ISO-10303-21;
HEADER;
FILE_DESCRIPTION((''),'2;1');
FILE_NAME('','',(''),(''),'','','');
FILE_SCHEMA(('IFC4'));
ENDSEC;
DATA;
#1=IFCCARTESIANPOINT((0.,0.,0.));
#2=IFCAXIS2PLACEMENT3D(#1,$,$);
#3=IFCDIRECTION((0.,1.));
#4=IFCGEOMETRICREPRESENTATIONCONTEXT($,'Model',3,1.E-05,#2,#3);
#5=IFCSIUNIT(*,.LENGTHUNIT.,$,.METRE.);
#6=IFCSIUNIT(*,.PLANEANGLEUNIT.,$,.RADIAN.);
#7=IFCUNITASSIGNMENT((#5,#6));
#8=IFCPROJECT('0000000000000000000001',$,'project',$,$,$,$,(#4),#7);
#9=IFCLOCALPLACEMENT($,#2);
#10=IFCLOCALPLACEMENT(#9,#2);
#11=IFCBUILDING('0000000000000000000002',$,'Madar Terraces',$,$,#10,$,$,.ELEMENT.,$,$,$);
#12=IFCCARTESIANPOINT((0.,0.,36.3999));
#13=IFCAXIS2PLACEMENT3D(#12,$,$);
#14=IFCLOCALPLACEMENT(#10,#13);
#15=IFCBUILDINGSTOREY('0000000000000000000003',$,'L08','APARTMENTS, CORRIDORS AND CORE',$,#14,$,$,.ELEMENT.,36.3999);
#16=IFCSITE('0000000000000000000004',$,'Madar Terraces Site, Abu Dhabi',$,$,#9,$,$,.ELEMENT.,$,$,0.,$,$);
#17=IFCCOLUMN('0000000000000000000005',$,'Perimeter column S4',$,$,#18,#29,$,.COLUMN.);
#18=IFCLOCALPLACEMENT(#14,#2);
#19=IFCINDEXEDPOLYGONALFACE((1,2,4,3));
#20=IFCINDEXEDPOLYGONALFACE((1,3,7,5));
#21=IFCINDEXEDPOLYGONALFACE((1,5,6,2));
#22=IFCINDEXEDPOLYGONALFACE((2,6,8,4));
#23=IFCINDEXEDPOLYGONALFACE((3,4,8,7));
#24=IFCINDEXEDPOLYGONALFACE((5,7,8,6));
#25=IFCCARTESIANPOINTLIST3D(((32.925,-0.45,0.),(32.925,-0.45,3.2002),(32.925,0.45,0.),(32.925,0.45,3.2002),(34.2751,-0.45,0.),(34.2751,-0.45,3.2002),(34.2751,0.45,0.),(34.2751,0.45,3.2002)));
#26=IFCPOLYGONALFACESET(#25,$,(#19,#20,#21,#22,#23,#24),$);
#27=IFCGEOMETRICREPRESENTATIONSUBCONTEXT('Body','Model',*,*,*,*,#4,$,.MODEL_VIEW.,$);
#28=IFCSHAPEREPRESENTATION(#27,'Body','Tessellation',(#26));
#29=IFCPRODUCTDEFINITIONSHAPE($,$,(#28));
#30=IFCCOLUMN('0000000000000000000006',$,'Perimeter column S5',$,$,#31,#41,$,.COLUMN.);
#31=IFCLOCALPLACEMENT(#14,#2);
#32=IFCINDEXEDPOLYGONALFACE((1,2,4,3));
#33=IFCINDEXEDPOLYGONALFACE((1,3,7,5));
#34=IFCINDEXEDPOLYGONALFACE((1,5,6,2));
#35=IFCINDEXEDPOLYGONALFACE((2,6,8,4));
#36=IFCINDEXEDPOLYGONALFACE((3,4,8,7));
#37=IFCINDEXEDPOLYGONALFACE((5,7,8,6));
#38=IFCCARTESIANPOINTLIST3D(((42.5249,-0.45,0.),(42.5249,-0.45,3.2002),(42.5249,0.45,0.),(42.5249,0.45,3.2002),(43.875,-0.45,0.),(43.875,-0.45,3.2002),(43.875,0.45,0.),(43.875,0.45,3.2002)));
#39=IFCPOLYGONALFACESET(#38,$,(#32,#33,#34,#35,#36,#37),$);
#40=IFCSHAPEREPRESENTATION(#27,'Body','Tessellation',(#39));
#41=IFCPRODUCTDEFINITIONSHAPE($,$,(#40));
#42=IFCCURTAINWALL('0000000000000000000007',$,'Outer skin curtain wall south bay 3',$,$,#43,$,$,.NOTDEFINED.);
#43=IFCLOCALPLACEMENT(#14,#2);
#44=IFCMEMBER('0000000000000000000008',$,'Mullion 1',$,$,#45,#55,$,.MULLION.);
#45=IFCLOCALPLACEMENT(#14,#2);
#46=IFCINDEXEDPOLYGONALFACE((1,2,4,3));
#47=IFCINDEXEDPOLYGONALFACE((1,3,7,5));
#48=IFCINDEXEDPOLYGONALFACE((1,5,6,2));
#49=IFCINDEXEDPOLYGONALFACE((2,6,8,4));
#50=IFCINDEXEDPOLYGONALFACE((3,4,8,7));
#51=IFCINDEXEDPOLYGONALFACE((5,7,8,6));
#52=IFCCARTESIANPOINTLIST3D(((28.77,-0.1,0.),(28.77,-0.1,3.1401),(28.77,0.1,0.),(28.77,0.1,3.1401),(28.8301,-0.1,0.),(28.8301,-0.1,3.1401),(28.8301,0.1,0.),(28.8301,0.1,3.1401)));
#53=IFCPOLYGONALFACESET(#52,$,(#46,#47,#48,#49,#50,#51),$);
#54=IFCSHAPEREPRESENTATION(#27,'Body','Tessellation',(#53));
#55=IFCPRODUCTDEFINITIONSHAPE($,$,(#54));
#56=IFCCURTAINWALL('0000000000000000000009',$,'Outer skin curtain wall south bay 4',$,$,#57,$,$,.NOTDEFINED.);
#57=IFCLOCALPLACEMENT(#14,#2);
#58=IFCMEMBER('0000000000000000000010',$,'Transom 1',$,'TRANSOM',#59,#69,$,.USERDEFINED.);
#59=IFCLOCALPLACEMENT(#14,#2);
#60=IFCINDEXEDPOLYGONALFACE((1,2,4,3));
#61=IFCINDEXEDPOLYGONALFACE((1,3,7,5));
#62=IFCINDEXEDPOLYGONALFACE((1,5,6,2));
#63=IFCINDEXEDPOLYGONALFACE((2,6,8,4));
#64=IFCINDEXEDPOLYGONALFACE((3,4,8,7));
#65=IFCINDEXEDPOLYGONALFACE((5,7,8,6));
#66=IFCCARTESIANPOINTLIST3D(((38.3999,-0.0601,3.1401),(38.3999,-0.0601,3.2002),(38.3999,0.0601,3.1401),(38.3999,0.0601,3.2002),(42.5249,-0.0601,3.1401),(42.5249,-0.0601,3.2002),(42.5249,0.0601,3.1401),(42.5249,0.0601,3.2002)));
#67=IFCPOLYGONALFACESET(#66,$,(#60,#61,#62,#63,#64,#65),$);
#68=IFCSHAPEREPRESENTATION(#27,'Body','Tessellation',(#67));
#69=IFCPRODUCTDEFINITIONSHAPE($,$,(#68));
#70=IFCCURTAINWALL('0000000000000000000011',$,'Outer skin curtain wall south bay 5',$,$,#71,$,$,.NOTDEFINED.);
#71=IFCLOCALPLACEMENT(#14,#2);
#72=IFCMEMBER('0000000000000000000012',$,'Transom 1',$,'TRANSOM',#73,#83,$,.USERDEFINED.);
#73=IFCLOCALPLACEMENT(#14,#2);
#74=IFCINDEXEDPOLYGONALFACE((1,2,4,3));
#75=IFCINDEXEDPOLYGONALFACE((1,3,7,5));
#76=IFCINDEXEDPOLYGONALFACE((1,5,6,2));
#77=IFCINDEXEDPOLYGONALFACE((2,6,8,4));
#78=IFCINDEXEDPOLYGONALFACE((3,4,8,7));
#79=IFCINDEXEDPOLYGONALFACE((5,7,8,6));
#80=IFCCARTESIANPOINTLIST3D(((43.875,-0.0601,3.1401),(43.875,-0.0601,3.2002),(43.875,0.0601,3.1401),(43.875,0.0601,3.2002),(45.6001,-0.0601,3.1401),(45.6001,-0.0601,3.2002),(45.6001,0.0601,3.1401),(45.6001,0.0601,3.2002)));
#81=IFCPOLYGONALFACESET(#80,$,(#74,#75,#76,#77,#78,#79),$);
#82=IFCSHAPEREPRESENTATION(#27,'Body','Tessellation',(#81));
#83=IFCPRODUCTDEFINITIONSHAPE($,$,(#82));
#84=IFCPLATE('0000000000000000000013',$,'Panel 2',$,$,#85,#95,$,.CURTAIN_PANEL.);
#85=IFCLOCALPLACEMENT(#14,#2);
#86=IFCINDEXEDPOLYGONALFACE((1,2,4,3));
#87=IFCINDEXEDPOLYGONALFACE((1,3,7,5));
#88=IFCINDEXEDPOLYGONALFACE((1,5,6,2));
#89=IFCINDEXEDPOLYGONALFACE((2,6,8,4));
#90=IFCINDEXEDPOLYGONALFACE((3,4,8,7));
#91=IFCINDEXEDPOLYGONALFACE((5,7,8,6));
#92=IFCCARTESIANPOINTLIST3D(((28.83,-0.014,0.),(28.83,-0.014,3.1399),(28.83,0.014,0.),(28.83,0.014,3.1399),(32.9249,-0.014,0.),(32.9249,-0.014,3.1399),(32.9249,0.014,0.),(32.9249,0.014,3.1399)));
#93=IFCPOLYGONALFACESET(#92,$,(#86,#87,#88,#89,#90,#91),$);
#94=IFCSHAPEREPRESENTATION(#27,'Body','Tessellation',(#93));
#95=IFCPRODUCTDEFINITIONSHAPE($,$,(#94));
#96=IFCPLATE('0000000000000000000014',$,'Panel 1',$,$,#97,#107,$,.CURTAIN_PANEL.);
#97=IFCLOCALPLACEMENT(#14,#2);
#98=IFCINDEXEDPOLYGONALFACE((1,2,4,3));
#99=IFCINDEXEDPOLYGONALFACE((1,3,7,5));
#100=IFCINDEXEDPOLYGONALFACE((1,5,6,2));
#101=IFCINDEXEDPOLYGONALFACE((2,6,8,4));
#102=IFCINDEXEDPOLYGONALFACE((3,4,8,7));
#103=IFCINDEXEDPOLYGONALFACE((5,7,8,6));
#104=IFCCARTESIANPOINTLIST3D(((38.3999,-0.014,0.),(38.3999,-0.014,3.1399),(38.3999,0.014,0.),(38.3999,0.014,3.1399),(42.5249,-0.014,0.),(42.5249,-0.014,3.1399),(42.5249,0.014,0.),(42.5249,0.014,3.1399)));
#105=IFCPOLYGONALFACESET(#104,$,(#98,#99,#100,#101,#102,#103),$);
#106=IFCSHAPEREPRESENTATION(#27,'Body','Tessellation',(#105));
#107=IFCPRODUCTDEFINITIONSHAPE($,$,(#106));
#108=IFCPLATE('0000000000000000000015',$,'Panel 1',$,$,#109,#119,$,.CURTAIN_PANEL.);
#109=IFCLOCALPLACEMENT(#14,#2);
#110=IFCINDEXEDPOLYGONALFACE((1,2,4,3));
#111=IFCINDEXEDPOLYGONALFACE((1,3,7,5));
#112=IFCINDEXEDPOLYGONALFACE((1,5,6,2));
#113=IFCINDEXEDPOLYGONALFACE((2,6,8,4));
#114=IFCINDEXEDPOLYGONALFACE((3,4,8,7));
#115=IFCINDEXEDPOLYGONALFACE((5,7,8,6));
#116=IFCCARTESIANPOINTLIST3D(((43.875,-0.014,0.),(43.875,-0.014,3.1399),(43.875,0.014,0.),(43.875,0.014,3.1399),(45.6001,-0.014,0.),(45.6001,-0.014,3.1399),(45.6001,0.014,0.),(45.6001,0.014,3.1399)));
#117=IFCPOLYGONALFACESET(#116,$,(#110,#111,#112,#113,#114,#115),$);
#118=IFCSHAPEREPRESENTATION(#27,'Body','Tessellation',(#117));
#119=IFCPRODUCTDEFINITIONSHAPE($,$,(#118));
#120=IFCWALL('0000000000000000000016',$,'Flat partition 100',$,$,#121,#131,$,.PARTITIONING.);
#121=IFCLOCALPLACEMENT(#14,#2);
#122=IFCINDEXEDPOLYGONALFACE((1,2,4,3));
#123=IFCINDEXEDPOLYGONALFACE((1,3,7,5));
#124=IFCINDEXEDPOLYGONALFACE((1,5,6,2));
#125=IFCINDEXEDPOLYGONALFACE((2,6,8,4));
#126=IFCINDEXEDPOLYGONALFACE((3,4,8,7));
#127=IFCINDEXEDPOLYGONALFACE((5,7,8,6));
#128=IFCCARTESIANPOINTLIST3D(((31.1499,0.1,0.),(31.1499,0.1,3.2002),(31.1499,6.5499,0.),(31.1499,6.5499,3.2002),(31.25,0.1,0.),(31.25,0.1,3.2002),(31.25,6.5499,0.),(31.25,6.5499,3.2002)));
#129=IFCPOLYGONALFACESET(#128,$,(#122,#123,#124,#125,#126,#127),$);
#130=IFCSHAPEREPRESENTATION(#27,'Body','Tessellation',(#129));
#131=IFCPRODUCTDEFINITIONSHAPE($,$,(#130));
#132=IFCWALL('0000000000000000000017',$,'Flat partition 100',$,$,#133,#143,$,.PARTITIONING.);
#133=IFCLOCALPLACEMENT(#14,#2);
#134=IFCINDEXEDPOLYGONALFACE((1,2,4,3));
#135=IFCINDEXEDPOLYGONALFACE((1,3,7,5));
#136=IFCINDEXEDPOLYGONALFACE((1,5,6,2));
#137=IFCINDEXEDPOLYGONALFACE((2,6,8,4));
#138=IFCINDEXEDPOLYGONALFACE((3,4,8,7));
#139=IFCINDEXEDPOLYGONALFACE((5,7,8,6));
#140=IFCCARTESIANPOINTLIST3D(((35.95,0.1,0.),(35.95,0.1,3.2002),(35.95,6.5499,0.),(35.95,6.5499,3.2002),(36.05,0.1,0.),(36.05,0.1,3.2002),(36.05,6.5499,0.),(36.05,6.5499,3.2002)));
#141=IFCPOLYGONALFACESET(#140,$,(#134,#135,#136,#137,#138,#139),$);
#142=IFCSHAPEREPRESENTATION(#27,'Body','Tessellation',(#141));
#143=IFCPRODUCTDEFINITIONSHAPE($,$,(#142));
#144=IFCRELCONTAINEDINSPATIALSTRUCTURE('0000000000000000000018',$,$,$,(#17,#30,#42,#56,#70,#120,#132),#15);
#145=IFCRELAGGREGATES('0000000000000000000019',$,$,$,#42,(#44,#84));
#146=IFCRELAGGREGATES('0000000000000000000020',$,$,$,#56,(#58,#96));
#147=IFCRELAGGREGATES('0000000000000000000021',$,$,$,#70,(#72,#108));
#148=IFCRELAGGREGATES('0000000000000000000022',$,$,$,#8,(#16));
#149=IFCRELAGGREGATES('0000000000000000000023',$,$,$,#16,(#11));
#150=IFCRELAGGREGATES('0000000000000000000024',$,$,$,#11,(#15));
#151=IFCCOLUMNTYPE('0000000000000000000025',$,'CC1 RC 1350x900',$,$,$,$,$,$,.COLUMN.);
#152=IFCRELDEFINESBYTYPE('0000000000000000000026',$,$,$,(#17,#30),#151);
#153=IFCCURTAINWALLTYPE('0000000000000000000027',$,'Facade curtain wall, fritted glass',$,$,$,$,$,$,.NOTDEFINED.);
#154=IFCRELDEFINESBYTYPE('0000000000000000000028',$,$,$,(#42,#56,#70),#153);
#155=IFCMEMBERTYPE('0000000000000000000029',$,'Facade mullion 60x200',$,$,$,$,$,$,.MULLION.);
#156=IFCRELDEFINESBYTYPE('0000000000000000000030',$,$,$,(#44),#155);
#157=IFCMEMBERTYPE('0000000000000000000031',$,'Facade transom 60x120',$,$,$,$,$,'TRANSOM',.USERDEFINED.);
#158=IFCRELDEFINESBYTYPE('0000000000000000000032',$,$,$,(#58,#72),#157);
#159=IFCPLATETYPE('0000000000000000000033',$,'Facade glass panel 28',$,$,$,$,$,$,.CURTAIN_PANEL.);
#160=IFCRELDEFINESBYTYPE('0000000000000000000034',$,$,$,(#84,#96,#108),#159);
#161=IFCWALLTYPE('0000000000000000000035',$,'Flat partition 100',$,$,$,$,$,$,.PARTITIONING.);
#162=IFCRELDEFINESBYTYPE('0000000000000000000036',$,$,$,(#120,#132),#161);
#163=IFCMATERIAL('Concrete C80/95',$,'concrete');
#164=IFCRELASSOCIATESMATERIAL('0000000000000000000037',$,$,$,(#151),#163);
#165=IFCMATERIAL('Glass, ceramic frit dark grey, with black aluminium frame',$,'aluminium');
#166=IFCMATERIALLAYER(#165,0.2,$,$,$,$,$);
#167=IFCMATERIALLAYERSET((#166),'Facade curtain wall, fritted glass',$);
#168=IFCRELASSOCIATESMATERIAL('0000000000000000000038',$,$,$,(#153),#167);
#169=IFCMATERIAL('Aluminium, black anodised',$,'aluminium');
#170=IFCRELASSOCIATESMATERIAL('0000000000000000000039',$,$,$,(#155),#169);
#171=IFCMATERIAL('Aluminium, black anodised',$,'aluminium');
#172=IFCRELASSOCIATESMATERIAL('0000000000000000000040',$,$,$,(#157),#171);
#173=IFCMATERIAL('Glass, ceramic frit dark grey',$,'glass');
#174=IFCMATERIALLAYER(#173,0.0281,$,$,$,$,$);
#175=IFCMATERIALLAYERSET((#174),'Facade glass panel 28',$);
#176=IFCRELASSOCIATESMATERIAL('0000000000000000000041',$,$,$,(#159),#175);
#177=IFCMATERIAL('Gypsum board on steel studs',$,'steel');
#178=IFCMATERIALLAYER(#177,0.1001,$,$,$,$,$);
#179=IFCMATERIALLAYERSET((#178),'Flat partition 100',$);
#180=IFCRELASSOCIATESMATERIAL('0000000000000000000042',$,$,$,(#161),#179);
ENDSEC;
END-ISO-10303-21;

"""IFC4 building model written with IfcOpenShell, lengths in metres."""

from ifc_helpers import new_model, si_unit, direction, frame, frame_2d, origin, origin_2d, place, context, subcontext, project, spatial, rectangle, extrude, material, layer, layer_set, material_profile, profile_set, type_object, element, aggregate, save


model = new_model("IFC4")

# Units and contexts
model_context = context("Model", 3, precision=1e-05, world=origin(), true_north=direction((0.0, 1.0)))
body_context = subcontext(model_context, "Body", "Model", "MODEL_VIEW")
ifc_project = project(units=[si_unit("LENGTHUNIT", "METRE"), si_unit("PLANEANGLEUNIT", "RADIAN")], contexts=[model_context])

# Site, building, storey
site_placement = place(None, origin())
site = spatial("IfcSite", under=ifc_project, at=site_placement, Name="Madar Terraces Site, Abu Dhabi", CompositionType="ELEMENT", RefElevation=0.0)
building_placement = place(site_placement, origin())
building = spatial("IfcBuilding", under=site, at=building_placement, Name="Madar Terraces", CompositionType="ELEMENT")
storey_placement = place(building_placement, frame((0.0, 0.0, 36.3999)))
storey = spatial("IfcBuildingStorey", under=building, at=storey_placement, Name="L08", Description="APARTMENTS, CORRIDORS AND CORE", CompositionType="ELEMENT", Elevation=36.3999)

# Columns
ifc_material_1 = material(Name="Concrete C80/95", Category="concrete")
ifc_material_profile_1 = material_profile(ifc_material_1, rectangle(XDim=1.3501, YDim=0.8999, at=origin_2d()), Name="CC1 RC 1350x900")
ifc_profile_set_1 = profile_set([ifc_material_profile_1], Name="Concrete C80/95")
column_type = type_object("IfcColumnType", Name="CC1 RC 1350x900", PredefinedType="COLUMN", material=ifc_profile_set_1)
for number, where, z_axis, x_axis, name in (
    (1, (33.6001, 0.0, 0.0), (0.0, 0.0, 1.0), (1.0, 0.0, 0.0), "Perimeter column S4"),
    (2, (43.2, 0.0, 0.0), (0.0, 0.0, 1.0), (1.0, 0.0, 0.0), "Perimeter column S5"),
):
    element("IfcColumn", number, at=place(storey_placement, frame(where, z_axis=z_axis, x_axis=x_axis)), inside=storey, type_object=column_type, Name=name, PredefinedType="COLUMN", context=body_context, shape_type="SweptSolid", body=[
        extrude(rectangle(XDim=1.3501, YDim=0.8999, at=origin_2d()), origin(), (0.0, 0.0, 1.0), 3.2002),
    ])

# Curtain walls, members
ifc_material_2 = material(Name="Glass, ceramic frit dark grey, with black aluminium frame", Category="aluminium")
ifc_layer_1 = layer(ifc_material_2, 0.2)
ifc_layer_set_1 = layer_set([ifc_layer_1], Name="Facade curtain wall, fritted glass")
curtain_wall_type = type_object("IfcCurtainWallType", Name="Facade curtain wall, fritted glass", PredefinedType="NOTDEFINED", material=ifc_layer_set_1)
curtain_wall_1_placement = place(storey_placement, origin())
curtain_wall_1 = element("IfcCurtainWall", 3, at=curtain_wall_1_placement, inside=storey, type_object=curtain_wall_type, Name="Outer skin curtain wall south bay 3", PredefinedType="NOTDEFINED")
ifc_material_3 = material(Name="Aluminium, black anodised", Category="aluminium")
ifc_material_profile_2 = material_profile(ifc_material_3, rectangle(XDim=0.2, YDim=0.0601, at=origin_2d()), Name="Facade mullion 60x200")
ifc_profile_set_2 = profile_set([ifc_material_profile_2], Name="Aluminium, black anodised")
member_type_1 = type_object("IfcMemberType", Name="Facade mullion 60x200", PredefinedType="MULLION", material=ifc_profile_set_2)
member_1_placement = place(storey_placement, frame((28.8, 0.0, 0.0), z_axis=(0.0, 0.0, 1.0), x_axis=(0.0, 1.0, 0.0)))
member_1 = element("IfcMember", 4, at=member_1_placement, type_object=member_type_1, Name="Mullion 1", PredefinedType="MULLION", context=body_context, shape_type="SweptSolid", body=[
    extrude(rectangle(XDim=0.2, YDim=0.0601, at=origin_2d()), origin(), (0.0, 0.0, 1.0), 3.1401),
])
curtain_wall_2_placement = place(storey_placement, origin())
curtain_wall_2 = element("IfcCurtainWall", 5, at=curtain_wall_2_placement, inside=storey, type_object=curtain_wall_type, Name="Outer skin curtain wall south bay 4", PredefinedType="NOTDEFINED")
ifc_material_4 = material(Name="Aluminium, black anodised", Category="aluminium")
ifc_material_profile_3 = material_profile(ifc_material_4, rectangle(XDim=0.1201, YDim=0.0601, at=origin_2d()), Name="Facade transom 60x120")
ifc_profile_set_3 = profile_set([ifc_material_profile_3], Name="Aluminium, black anodised")
member_type_2 = type_object("IfcMemberType", Name="Facade transom 60x120", ElementType="TRANSOM", PredefinedType="USERDEFINED", material=ifc_profile_set_3)
member_2_placement = place(storey_placement, frame((38.3999, 0.0, 3.1702), z_axis=(1.0, 0.0, 0.0), x_axis=(0.0, 1.0, 0.0)))
member_2 = element("IfcMember", 6, at=member_2_placement, type_object=member_type_2, Name="Transom 1", ObjectType="TRANSOM", PredefinedType="USERDEFINED", context=body_context, shape_type="SweptSolid", body=[
    extrude(rectangle(XDim=0.1201, YDim=0.0601, at=origin_2d()), origin(), (0.0, 0.0, 1.0), 4.125),
])
curtain_wall_3_placement = place(storey_placement, origin())
curtain_wall_3 = element("IfcCurtainWall", 7, at=curtain_wall_3_placement, inside=storey, type_object=curtain_wall_type, Name="Outer skin curtain wall south bay 5", PredefinedType="NOTDEFINED")
member_3_placement = place(storey_placement, frame((43.875, 0.0, 3.1702), z_axis=(1.0, 0.0, 0.0), x_axis=(0.0, 1.0, 0.0)))
member_3 = element("IfcMember", 8, at=member_3_placement, type_object=member_type_2, Name="Transom 1", ObjectType="TRANSOM", PredefinedType="USERDEFINED", context=body_context, shape_type="SweptSolid", body=[
    extrude(rectangle(XDim=0.1201, YDim=0.0601, at=origin_2d()), origin(), (0.0, 0.0, 1.0), 1.7251),
])

# Plates
ifc_material_5 = material(Name="Glass, ceramic frit dark grey", Category="glass")
ifc_layer_2 = layer(ifc_material_5, 0.0281)
ifc_layer_set_2 = layer_set([ifc_layer_2], Name="Facade glass panel 28")
plate_type = type_object("IfcPlateType", Name="Facade glass panel 28", PredefinedType="CURTAIN_PANEL", material=ifc_layer_set_2)
plate_1_placement = place(storey_placement, frame((30.8774, 0.0, 0.0), z_axis=(0.0, 0.0, 1.0), x_axis=(1.0, 0.0, 0.0)))
plate_1 = element("IfcPlate", 9, at=plate_1_placement, type_object=plate_type, Name="Panel 2", PredefinedType="CURTAIN_PANEL", context=body_context, shape_type="SweptSolid", body=[
    extrude(rectangle(XDim=4.095, YDim=0.0281, at=origin_2d()), origin(), (0.0, 0.0, 1.0), 3.1399),
])
aggregate(curtain_wall_1, [member_1, plate_1])
plate_2_placement = place(storey_placement, frame((40.4624, 0.0, 0.0), z_axis=(0.0, 0.0, 1.0), x_axis=(1.0, 0.0, 0.0)))
plate_2 = element("IfcPlate", 10, at=plate_2_placement, type_object=plate_type, Name="Panel 1", PredefinedType="CURTAIN_PANEL", context=body_context, shape_type="SweptSolid", body=[
    extrude(rectangle(XDim=4.125, YDim=0.0281, at=origin_2d()), origin(), (0.0, 0.0, 1.0), 3.1399),
])
aggregate(curtain_wall_2, [member_2, plate_2])
plate_3_placement = place(storey_placement, frame((44.7375, 0.0, 0.0), z_axis=(0.0, 0.0, 1.0), x_axis=(1.0, 0.0, 0.0)))
plate_3 = element("IfcPlate", 11, at=plate_3_placement, type_object=plate_type, Name="Panel 1", PredefinedType="CURTAIN_PANEL", context=body_context, shape_type="SweptSolid", body=[
    extrude(rectangle(XDim=1.7251, YDim=0.0281, at=origin_2d()), origin(), (0.0, 0.0, 1.0), 3.1399),
])
aggregate(curtain_wall_3, [member_3, plate_3])

# Walls
ifc_material_6 = material(Name="Gypsum board on steel studs", Category="steel")
ifc_layer_3 = layer(ifc_material_6, 0.1001)
ifc_layer_set_3 = layer_set([ifc_layer_3], Name="Flat partition 100")
wall_type_1 = type_object("IfcWallType", Name="Flat partition 100", PredefinedType="PARTITIONING", material=ifc_layer_set_3)
for number, where, z_axis, x_axis, name in (
    (12, (31.2, 6.55, 0.0), (0.0, 0.0, 1.0), (0.0, -1.0, 0.0), "Flat partition 100"),
    (13, (36.0, 6.55, 0.0), (0.0, 0.0, 1.0), (0.0, -1.0, 0.0), "Flat partition 100"),
):
    element("IfcWall", number, at=place(storey_placement, frame(where, z_axis=z_axis, x_axis=x_axis)), inside=storey, type_object=wall_type_1, Name=name, PredefinedType="PARTITIONING", context=body_context, shape_type="SweptSolid", body=[
        extrude(rectangle(XDim=6.45, YDim=0.1001, at=frame_2d((3.2251, 0.0))), origin(), (0.0, 0.0, 1.0), 3.2002),
    ])

save(model, "model.ifc")
